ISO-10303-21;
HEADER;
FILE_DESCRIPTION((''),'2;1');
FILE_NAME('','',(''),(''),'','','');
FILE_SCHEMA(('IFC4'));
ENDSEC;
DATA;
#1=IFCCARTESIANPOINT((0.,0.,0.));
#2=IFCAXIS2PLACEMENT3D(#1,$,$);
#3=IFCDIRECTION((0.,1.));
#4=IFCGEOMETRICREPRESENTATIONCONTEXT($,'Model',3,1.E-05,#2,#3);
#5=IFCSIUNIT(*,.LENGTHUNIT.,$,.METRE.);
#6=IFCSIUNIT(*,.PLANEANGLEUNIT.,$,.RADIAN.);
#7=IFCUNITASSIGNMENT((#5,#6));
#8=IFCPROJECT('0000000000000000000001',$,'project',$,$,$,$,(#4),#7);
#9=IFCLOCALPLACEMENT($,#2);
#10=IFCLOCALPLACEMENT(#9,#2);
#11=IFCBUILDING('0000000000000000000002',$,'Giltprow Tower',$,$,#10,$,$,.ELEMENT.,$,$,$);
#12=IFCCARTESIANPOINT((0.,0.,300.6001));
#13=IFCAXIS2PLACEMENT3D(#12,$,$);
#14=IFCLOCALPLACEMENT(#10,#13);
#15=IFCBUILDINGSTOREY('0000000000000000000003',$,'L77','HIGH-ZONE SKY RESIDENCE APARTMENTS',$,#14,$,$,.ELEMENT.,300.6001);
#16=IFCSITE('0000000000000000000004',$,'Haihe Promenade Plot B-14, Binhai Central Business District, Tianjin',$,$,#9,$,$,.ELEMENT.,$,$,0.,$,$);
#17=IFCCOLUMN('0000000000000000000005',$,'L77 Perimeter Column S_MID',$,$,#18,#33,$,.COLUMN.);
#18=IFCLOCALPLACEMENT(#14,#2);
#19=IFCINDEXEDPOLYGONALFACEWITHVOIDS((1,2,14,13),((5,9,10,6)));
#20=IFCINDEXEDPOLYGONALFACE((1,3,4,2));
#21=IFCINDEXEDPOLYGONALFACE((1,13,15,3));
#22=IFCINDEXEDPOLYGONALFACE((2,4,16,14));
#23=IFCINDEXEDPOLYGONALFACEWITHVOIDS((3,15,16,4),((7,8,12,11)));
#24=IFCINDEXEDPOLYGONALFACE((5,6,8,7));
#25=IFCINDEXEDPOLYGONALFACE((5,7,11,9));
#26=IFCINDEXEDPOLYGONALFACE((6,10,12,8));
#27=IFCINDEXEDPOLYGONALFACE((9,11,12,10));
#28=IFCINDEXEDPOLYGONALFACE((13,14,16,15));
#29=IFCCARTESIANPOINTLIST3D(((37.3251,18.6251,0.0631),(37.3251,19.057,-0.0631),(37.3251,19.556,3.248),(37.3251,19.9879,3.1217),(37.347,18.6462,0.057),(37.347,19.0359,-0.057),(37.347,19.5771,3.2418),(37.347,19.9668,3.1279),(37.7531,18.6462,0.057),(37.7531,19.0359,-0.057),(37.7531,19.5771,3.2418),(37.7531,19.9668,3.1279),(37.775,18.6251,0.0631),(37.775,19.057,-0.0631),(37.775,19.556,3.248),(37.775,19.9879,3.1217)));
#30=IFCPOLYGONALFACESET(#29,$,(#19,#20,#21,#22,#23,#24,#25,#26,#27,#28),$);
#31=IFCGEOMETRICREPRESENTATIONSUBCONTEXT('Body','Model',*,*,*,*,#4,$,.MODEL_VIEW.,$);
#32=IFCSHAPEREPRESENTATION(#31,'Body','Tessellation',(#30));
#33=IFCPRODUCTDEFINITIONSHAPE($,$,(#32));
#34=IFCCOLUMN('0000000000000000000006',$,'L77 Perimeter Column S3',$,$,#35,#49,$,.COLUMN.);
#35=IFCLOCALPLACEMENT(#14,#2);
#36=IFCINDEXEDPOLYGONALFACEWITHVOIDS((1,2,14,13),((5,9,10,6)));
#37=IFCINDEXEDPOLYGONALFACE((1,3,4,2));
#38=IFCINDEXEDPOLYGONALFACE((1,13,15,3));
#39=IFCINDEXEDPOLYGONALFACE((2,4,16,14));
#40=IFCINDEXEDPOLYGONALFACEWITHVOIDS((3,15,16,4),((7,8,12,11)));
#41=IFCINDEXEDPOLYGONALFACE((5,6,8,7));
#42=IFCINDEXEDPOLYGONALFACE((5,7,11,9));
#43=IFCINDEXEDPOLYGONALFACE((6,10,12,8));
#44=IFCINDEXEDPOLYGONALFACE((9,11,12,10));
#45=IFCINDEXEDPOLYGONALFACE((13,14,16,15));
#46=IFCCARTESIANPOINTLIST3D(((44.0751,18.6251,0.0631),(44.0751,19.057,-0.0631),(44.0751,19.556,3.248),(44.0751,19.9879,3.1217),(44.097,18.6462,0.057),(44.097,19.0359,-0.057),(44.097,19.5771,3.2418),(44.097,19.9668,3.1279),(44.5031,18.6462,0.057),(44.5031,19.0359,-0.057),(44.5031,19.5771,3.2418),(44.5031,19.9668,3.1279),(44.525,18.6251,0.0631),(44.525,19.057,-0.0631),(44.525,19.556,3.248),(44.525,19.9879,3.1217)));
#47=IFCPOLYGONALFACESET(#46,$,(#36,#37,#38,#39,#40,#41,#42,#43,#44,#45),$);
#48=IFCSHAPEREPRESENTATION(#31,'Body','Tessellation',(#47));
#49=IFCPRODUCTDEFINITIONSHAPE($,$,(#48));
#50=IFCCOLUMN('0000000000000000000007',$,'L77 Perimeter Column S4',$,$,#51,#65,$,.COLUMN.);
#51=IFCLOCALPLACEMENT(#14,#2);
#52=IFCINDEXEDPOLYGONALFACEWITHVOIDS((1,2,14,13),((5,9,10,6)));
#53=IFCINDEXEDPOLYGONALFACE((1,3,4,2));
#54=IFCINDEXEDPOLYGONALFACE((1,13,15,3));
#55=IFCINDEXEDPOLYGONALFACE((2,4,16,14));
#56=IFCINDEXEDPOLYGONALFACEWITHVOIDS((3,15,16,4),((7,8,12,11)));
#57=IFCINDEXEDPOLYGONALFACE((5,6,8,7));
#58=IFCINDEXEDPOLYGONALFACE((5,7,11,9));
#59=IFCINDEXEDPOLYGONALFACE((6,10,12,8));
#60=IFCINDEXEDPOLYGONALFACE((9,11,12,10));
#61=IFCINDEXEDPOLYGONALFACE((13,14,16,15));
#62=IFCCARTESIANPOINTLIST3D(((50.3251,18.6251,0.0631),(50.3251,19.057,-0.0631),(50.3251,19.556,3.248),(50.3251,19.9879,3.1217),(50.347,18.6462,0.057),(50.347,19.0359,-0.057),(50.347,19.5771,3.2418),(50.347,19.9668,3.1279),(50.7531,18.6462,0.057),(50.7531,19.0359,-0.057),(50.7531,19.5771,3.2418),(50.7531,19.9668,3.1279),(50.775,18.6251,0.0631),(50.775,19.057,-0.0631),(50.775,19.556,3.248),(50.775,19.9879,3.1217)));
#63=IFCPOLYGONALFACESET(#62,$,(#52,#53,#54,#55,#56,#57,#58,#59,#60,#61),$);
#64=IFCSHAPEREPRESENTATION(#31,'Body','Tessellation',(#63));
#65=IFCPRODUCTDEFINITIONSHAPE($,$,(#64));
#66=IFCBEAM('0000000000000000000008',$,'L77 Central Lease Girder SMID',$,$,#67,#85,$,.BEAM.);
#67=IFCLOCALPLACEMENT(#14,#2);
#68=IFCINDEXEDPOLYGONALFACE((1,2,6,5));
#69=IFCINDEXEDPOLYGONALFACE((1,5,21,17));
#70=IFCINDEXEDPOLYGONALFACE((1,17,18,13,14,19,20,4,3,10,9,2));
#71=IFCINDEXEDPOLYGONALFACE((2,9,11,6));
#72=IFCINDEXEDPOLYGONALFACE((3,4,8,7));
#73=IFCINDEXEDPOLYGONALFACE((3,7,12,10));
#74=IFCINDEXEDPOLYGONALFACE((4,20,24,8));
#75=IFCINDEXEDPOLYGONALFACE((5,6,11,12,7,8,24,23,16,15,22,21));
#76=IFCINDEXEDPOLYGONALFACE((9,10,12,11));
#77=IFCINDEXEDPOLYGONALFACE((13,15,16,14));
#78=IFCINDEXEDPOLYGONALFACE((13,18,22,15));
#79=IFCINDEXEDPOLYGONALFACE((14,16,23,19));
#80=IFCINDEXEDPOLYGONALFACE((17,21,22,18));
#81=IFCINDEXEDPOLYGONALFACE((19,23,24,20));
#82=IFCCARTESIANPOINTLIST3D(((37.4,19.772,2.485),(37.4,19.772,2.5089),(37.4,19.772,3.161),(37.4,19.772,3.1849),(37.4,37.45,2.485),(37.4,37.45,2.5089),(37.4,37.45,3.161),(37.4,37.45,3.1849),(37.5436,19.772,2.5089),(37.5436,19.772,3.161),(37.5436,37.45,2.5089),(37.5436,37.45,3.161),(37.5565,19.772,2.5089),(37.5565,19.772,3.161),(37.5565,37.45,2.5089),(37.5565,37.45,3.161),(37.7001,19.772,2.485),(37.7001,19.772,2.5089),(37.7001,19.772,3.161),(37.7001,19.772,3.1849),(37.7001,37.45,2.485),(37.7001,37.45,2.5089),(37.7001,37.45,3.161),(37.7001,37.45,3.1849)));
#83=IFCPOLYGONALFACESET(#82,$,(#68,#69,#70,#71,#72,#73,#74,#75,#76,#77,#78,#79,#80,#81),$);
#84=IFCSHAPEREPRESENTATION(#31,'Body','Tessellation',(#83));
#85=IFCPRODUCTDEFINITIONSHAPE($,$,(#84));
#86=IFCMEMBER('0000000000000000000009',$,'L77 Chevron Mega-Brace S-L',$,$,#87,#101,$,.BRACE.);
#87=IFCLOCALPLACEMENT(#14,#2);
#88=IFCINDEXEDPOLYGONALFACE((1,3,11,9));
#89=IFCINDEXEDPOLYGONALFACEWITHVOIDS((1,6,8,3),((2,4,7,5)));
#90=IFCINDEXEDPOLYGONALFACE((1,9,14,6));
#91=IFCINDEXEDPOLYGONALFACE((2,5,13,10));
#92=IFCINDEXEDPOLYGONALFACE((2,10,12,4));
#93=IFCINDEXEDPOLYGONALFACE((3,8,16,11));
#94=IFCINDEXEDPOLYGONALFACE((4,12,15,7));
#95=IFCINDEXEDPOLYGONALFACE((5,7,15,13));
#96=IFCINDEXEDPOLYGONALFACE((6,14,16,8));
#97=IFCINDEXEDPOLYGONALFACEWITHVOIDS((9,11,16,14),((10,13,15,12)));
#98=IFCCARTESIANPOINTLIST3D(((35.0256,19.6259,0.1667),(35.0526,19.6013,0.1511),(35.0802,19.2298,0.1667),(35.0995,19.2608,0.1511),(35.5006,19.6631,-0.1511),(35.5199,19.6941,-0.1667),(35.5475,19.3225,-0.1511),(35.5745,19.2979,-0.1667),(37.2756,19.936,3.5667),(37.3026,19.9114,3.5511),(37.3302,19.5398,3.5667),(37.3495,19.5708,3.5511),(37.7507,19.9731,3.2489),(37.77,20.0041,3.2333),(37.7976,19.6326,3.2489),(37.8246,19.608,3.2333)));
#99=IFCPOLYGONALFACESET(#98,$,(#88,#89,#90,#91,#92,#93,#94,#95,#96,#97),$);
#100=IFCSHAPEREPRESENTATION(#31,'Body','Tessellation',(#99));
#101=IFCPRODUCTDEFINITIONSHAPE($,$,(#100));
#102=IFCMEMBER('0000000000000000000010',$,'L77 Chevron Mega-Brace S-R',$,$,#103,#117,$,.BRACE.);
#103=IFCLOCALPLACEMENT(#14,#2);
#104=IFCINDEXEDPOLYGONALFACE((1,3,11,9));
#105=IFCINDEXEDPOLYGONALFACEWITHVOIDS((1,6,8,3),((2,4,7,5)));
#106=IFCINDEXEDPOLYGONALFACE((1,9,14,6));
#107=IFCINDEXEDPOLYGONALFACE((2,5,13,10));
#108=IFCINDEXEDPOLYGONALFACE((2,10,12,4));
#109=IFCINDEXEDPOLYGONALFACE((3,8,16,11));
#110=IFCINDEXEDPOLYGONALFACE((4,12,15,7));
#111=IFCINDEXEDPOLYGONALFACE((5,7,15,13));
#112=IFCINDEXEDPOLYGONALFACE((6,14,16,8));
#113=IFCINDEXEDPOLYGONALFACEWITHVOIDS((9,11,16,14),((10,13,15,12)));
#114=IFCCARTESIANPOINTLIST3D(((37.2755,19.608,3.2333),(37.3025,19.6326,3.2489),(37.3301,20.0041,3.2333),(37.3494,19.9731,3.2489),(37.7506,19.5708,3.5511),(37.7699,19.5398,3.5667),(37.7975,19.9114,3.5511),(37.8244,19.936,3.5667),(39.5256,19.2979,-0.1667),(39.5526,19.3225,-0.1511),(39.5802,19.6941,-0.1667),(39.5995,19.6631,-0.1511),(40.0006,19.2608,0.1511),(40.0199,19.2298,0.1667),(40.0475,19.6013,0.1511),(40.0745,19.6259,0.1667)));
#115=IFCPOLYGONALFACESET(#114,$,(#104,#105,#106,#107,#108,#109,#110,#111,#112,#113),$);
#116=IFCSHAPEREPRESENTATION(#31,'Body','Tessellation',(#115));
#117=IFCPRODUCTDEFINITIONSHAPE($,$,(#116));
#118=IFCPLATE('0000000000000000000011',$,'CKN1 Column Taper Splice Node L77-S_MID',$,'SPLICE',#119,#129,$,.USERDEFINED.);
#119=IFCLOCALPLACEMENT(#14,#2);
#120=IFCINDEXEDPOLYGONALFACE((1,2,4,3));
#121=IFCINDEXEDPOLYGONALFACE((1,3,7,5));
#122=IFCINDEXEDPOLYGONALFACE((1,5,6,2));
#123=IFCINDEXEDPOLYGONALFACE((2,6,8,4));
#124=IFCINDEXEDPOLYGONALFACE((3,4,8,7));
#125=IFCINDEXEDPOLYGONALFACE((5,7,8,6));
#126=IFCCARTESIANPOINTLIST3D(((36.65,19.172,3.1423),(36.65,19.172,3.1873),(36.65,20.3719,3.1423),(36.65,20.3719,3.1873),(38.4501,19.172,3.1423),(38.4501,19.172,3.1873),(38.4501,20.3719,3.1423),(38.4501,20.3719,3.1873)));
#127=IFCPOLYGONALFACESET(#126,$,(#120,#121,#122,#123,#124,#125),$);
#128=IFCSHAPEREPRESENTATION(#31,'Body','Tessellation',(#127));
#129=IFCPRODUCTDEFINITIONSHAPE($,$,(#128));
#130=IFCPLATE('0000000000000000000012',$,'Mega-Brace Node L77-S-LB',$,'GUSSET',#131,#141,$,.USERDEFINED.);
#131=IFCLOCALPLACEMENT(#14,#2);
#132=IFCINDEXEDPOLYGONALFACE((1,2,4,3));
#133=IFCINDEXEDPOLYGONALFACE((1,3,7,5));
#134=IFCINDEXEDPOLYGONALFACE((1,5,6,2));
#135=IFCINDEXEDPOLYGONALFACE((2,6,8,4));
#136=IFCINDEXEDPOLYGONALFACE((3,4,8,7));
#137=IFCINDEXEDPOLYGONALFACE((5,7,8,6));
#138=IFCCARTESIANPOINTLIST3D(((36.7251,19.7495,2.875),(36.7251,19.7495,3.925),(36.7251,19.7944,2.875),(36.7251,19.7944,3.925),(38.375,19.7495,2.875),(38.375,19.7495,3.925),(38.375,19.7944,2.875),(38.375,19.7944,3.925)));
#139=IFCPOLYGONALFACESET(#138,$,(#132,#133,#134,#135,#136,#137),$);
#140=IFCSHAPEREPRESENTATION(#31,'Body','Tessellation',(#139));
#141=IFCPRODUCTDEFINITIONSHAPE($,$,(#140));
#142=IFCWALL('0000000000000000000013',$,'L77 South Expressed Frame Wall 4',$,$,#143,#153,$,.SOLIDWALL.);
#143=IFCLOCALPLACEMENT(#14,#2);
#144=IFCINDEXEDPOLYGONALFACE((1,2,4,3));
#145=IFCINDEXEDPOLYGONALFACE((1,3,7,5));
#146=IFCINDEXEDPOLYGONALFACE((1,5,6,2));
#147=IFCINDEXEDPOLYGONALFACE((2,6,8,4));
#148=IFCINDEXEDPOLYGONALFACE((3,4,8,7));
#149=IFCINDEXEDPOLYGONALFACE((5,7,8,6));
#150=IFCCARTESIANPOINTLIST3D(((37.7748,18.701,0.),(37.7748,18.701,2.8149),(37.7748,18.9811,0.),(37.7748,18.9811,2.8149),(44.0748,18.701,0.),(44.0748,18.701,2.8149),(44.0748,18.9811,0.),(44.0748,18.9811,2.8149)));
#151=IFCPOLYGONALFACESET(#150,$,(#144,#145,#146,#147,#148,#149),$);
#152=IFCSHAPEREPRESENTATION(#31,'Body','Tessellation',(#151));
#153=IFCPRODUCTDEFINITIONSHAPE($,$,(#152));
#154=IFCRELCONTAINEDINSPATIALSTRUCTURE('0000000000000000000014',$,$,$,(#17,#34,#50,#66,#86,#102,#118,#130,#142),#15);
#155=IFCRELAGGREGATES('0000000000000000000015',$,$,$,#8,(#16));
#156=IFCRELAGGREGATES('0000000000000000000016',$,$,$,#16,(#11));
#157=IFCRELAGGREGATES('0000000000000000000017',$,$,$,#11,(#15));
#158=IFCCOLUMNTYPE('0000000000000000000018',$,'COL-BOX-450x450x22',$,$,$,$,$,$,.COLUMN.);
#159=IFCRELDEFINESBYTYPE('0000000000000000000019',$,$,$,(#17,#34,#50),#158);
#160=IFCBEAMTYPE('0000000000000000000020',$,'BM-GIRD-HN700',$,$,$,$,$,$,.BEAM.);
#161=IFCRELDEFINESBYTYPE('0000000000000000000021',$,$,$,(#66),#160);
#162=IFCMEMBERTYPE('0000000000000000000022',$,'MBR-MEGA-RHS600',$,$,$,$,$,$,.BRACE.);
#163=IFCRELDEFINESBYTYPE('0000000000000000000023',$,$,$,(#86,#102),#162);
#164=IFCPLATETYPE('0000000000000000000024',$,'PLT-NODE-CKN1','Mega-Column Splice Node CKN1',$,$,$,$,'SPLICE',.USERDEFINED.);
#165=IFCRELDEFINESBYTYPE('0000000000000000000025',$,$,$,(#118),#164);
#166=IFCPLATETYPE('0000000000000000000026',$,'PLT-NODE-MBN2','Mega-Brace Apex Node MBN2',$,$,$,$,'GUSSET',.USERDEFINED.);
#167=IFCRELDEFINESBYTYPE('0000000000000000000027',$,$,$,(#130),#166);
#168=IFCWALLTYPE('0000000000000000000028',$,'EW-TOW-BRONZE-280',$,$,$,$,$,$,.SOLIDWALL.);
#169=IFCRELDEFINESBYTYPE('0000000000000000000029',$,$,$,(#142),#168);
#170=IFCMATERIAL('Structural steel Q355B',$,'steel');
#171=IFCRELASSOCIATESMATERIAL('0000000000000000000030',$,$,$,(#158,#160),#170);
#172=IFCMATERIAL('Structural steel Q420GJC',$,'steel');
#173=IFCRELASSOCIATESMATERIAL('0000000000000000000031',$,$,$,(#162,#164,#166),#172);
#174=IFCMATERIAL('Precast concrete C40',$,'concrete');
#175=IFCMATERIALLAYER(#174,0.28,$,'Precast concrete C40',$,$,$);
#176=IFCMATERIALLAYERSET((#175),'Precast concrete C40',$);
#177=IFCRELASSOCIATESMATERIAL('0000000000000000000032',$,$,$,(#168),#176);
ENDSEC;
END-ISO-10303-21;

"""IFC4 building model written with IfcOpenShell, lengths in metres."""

from ifc_helpers import new_model, si_unit, direction, frame, frame_2d, origin, origin_2d, place, context, subcontext, project, spatial, rectangle, hollow_rectangle, i_section, extrude, source, transform, mapped, material, layer, layer_set, material_profile, profile_set, type_object, element, save


model = new_model("IFC4")

# Units and contexts
model_context = context("Model", 3, precision=1e-05, world=origin(), true_north=direction((0.0, 1.0)))
body_context = subcontext(model_context, "Body", "Model", "MODEL_VIEW")
ifc_project = project(units=[si_unit("LENGTHUNIT", "METRE"), si_unit("PLANEANGLEUNIT", "RADIAN")], contexts=[model_context])

# Site, building, storey
site_placement = place(None, origin())
site = spatial("IfcSite", under=ifc_project, at=site_placement, Name="Haihe Promenade Plot B-14, Binhai Central Business District, Tianjin", CompositionType="ELEMENT", RefElevation=0.0)
building_placement = place(site_placement, origin())
building = spatial("IfcBuilding", under=site, at=building_placement, Name="Giltprow Tower", CompositionType="ELEMENT")
storey_placement = place(building_placement, frame((0.0, 0.0, 300.6001)))
storey = spatial("IfcBuildingStorey", under=building, at=storey_placement, Name="L77", Description="HIGH-ZONE SKY RESIDENCE APARTMENTS", CompositionType="ELEMENT", Elevation=300.6001)

# Columns
ifc_material_1 = material(Name="Structural steel Q355B", Category="steel")
ifc_material_profile_1 = material_profile(ifc_material_1, hollow_rectangle(XDim=0.45, YDim=0.45, WallThickness=0.022, at=origin_2d()), Name="BOX 450x450x22")
ifc_profile_set_1 = profile_set([ifc_material_profile_1], Name="Structural steel Q355B")
column_type = type_object("IfcColumnType", Name="COL-BOX-450x450x22", PredefinedType="COLUMN", material=ifc_profile_set_1)
shared_shape_1 = source(origin(), body_context, "Body", "SweptSolid", [
    extrude(hollow_rectangle(XDim=0.45, YDim=0.45, WallThickness=0.022, at=origin_2d()), origin(), (0.0, 0.0, 1.0), 3.3181),
])
for number, where, z_axis, x_axis, name in (
    (1, (37.55, 18.8411, 0.0), (0.0, 0.280557, 0.959837), (-1.0, 0.0, 0.0), "L77 Perimeter Column S_MID"),
    (2, (44.3, 18.8411, 0.0), (0.0, 0.280557, 0.959837), (-1.0, 0.0, 0.0), "L77 Perimeter Column S3"),
    (3, (50.55, 18.8411, 0.0), (0.0, 0.280557, 0.959837), (-1.0, 0.0, 0.0), "L77 Perimeter Column S4"),
):
    element("IfcColumn", number, at=place(storey_placement, frame(where, z_axis=z_axis, x_axis=x_axis)), inside=storey, type_object=column_type, Name=name, PredefinedType="COLUMN", context=body_context, shape_type="MappedRepresentation", body=[
        mapped(shared_shape_1, transform((0.0, 0.0, 0.0), x_axis=(1.0, 0.0, 0.0), y_axis=(0.0, 1.0, 0.0), z_axis=(0.0, 0.0, 1.0), scale=1.0)),
    ])

# Beam
ifc_material_profile_2 = material_profile(ifc_material_1, i_section(OverallWidth=0.3, OverallDepth=0.7, WebThickness=0.0129, FlangeThickness=0.0239, at=origin_2d()), Name="HN 700x300x13x24")
ifc_profile_set_2 = profile_set([ifc_material_profile_2], Name="Structural steel Q355B")
beam_type = type_object("IfcBeamType", Name="BM-GIRD-HN700", PredefinedType="BEAM", material=ifc_profile_set_2)
shared_shape_2 = source(origin(), body_context, "Body", "SweptSolid", [
    extrude(i_section(OverallWidth=0.3, OverallDepth=0.7, WebThickness=0.0129, FlangeThickness=0.0239, at=origin_2d()), origin(), (0.0, 0.0, 1.0), 17.678),
])
beam_placement = place(storey_placement, frame((37.55, 19.772, 2.835), z_axis=(0.0, 1.0, 0.0), x_axis=(-1.0, 0.0, 0.0)))
element("IfcBeam", 4, at=beam_placement, inside=storey, type_object=beam_type, Name="L77 Central Lease Girder SMID", PredefinedType="BEAM", context=body_context, shape_type="MappedRepresentation", body=[
    mapped(shared_shape_2, transform((0.0, 0.0, 0.0), x_axis=(1.0, 0.0, 0.0), y_axis=(0.0, 1.0, 0.0), z_axis=(0.0, 0.0, 1.0), scale=1.0)),
])

# Members
ifc_material_2 = material(Name="Structural steel Q420GJC", Category="steel")
ifc_material_profile_3 = material_profile(ifc_material_2, hollow_rectangle(XDim=0.3999, YDim=0.6001, WallThickness=0.0281, at=origin_2d()), Name="RHS 600x400x28")
ifc_profile_set_3 = profile_set([ifc_material_profile_3], Name="Structural steel Q420GJC")
member_type = type_object("IfcMemberType", Name="MBR-MEGA-RHS600", PredefinedType="BRACE", material=ifc_profile_set_3)
shared_shape_3 = source(origin(), body_context, "Body", "SweptSolid", [
    extrude(hollow_rectangle(XDim=0.3999, YDim=0.6001, WallThickness=0.0281, at=origin_2d()), origin(), (0.0, 0.0, 1.0), 4.0889),
])
for number, where, z_axis, x_axis, name in (
    (5, (35.3, 19.4619, 0.0), (0.550289, 0.075832, 0.831524), (-0.136514, 0.990638, 0.0), "L77 Chevron Mega-Brace S-L"),
    (6, (39.8, 19.4619, 0.0), (-0.550289, 0.075832, 0.831524), (-0.136514, -0.990638, 0.0), "L77 Chevron Mega-Brace S-R"),
):
    element("IfcMember", number, at=place(storey_placement, frame(where, z_axis=z_axis, x_axis=x_axis)), inside=storey, type_object=member_type, Name=name, PredefinedType="BRACE", context=body_context, shape_type="MappedRepresentation", body=[
        mapped(shared_shape_3, transform((0.0, 0.0, 0.0), x_axis=(1.0, 0.0, 0.0), y_axis=(0.0, 1.0, 0.0), z_axis=(0.0, 0.0, 1.0), scale=1.0)),
    ])

# Plates
plate_type_1 = type_object("IfcPlateType", Name="PLT-NODE-CKN1", Description="Mega-Column Splice Node CKN1", ElementType="SPLICE", PredefinedType="USERDEFINED", material=ifc_material_2)
shared_shape_4 = source(origin(), body_context, "Body", "SweptSolid", [
    extrude(rectangle(XDim=1.8, YDim=1.2, at=origin_2d()), origin(), (0.0, 0.0, 1.0), 0.0449),
])
plate_1_placement = place(storey_placement, frame((37.55, 19.772, 3.1423), z_axis=(0.0, 0.0, 1.0), x_axis=(1.0, 0.0, 0.0)))
element("IfcPlate", 7, at=plate_1_placement, inside=storey, type_object=plate_type_1, Name="CKN1 Column Taper Splice Node L77-S_MID", ObjectType="SPLICE", PredefinedType="USERDEFINED", context=body_context, shape_type="MappedRepresentation", body=[
    mapped(shared_shape_4, transform((0.0, 0.0, 0.0), x_axis=(1.0, 0.0, 0.0), y_axis=(0.0, 1.0, 0.0), z_axis=(0.0, 0.0, 1.0), scale=1.0)),
])
plate_type_2 = type_object("IfcPlateType", Name="PLT-NODE-MBN2", Description="Mega-Brace Apex Node MBN2", ElementType="GUSSET", PredefinedType="USERDEFINED", material=ifc_material_2)
shared_shape_5 = source(origin(), body_context, "Body", "SweptSolid", [
    extrude(rectangle(XDim=1.6499, YDim=0.0449, at=origin_2d()), origin(), (0.0, 0.0, 1.0), 1.05),
])
plate_2_placement = place(storey_placement, frame((37.55, 19.772, 2.875), z_axis=(0.0, 0.0, 1.0), x_axis=(1.0, 0.0, 0.0)))
element("IfcPlate", 8, at=plate_2_placement, inside=storey, type_object=plate_type_2, Name="Mega-Brace Node L77-S-LB", ObjectType="GUSSET", PredefinedType="USERDEFINED", context=body_context, shape_type="MappedRepresentation", body=[
    mapped(shared_shape_5, transform((0.0, 0.0, 0.0), x_axis=(1.0, 0.0, 0.0), y_axis=(0.0, 1.0, 0.0), z_axis=(0.0, 0.0, 1.0), scale=1.0)),
])

# Wall
ifc_material_3 = material(Name="Precast concrete C40", Category="concrete")
ifc_layer_1 = layer(ifc_material_3, 0.28, Name="Precast concrete C40")
ifc_layer_set_1 = layer_set([ifc_layer_1], Name="Precast concrete C40")
wall_type_1 = type_object("IfcWallType", Name="EW-TOW-BRONZE-280", PredefinedType="SOLIDWALL", material=ifc_layer_set_1)
wall_1_placement = place(storey_placement, frame((37.7749, 18.8411, 0.0), z_axis=(0.0, 0.0, 1.0), x_axis=(1.0, 0.0, 0.0)))
element("IfcWall", 9, at=wall_1_placement, inside=storey, type_object=wall_type_1, Name="L77 South Expressed Frame Wall 4", PredefinedType="SOLIDWALL", context=body_context, shape_type="SweptSolid", body=[
    extrude(rectangle(XDim=6.3, YDim=0.28, at=frame_2d((3.1499, 0.0))), origin(), (0.0, 0.0, 1.0), 2.8149),
])

save(model, "model.ifc")
